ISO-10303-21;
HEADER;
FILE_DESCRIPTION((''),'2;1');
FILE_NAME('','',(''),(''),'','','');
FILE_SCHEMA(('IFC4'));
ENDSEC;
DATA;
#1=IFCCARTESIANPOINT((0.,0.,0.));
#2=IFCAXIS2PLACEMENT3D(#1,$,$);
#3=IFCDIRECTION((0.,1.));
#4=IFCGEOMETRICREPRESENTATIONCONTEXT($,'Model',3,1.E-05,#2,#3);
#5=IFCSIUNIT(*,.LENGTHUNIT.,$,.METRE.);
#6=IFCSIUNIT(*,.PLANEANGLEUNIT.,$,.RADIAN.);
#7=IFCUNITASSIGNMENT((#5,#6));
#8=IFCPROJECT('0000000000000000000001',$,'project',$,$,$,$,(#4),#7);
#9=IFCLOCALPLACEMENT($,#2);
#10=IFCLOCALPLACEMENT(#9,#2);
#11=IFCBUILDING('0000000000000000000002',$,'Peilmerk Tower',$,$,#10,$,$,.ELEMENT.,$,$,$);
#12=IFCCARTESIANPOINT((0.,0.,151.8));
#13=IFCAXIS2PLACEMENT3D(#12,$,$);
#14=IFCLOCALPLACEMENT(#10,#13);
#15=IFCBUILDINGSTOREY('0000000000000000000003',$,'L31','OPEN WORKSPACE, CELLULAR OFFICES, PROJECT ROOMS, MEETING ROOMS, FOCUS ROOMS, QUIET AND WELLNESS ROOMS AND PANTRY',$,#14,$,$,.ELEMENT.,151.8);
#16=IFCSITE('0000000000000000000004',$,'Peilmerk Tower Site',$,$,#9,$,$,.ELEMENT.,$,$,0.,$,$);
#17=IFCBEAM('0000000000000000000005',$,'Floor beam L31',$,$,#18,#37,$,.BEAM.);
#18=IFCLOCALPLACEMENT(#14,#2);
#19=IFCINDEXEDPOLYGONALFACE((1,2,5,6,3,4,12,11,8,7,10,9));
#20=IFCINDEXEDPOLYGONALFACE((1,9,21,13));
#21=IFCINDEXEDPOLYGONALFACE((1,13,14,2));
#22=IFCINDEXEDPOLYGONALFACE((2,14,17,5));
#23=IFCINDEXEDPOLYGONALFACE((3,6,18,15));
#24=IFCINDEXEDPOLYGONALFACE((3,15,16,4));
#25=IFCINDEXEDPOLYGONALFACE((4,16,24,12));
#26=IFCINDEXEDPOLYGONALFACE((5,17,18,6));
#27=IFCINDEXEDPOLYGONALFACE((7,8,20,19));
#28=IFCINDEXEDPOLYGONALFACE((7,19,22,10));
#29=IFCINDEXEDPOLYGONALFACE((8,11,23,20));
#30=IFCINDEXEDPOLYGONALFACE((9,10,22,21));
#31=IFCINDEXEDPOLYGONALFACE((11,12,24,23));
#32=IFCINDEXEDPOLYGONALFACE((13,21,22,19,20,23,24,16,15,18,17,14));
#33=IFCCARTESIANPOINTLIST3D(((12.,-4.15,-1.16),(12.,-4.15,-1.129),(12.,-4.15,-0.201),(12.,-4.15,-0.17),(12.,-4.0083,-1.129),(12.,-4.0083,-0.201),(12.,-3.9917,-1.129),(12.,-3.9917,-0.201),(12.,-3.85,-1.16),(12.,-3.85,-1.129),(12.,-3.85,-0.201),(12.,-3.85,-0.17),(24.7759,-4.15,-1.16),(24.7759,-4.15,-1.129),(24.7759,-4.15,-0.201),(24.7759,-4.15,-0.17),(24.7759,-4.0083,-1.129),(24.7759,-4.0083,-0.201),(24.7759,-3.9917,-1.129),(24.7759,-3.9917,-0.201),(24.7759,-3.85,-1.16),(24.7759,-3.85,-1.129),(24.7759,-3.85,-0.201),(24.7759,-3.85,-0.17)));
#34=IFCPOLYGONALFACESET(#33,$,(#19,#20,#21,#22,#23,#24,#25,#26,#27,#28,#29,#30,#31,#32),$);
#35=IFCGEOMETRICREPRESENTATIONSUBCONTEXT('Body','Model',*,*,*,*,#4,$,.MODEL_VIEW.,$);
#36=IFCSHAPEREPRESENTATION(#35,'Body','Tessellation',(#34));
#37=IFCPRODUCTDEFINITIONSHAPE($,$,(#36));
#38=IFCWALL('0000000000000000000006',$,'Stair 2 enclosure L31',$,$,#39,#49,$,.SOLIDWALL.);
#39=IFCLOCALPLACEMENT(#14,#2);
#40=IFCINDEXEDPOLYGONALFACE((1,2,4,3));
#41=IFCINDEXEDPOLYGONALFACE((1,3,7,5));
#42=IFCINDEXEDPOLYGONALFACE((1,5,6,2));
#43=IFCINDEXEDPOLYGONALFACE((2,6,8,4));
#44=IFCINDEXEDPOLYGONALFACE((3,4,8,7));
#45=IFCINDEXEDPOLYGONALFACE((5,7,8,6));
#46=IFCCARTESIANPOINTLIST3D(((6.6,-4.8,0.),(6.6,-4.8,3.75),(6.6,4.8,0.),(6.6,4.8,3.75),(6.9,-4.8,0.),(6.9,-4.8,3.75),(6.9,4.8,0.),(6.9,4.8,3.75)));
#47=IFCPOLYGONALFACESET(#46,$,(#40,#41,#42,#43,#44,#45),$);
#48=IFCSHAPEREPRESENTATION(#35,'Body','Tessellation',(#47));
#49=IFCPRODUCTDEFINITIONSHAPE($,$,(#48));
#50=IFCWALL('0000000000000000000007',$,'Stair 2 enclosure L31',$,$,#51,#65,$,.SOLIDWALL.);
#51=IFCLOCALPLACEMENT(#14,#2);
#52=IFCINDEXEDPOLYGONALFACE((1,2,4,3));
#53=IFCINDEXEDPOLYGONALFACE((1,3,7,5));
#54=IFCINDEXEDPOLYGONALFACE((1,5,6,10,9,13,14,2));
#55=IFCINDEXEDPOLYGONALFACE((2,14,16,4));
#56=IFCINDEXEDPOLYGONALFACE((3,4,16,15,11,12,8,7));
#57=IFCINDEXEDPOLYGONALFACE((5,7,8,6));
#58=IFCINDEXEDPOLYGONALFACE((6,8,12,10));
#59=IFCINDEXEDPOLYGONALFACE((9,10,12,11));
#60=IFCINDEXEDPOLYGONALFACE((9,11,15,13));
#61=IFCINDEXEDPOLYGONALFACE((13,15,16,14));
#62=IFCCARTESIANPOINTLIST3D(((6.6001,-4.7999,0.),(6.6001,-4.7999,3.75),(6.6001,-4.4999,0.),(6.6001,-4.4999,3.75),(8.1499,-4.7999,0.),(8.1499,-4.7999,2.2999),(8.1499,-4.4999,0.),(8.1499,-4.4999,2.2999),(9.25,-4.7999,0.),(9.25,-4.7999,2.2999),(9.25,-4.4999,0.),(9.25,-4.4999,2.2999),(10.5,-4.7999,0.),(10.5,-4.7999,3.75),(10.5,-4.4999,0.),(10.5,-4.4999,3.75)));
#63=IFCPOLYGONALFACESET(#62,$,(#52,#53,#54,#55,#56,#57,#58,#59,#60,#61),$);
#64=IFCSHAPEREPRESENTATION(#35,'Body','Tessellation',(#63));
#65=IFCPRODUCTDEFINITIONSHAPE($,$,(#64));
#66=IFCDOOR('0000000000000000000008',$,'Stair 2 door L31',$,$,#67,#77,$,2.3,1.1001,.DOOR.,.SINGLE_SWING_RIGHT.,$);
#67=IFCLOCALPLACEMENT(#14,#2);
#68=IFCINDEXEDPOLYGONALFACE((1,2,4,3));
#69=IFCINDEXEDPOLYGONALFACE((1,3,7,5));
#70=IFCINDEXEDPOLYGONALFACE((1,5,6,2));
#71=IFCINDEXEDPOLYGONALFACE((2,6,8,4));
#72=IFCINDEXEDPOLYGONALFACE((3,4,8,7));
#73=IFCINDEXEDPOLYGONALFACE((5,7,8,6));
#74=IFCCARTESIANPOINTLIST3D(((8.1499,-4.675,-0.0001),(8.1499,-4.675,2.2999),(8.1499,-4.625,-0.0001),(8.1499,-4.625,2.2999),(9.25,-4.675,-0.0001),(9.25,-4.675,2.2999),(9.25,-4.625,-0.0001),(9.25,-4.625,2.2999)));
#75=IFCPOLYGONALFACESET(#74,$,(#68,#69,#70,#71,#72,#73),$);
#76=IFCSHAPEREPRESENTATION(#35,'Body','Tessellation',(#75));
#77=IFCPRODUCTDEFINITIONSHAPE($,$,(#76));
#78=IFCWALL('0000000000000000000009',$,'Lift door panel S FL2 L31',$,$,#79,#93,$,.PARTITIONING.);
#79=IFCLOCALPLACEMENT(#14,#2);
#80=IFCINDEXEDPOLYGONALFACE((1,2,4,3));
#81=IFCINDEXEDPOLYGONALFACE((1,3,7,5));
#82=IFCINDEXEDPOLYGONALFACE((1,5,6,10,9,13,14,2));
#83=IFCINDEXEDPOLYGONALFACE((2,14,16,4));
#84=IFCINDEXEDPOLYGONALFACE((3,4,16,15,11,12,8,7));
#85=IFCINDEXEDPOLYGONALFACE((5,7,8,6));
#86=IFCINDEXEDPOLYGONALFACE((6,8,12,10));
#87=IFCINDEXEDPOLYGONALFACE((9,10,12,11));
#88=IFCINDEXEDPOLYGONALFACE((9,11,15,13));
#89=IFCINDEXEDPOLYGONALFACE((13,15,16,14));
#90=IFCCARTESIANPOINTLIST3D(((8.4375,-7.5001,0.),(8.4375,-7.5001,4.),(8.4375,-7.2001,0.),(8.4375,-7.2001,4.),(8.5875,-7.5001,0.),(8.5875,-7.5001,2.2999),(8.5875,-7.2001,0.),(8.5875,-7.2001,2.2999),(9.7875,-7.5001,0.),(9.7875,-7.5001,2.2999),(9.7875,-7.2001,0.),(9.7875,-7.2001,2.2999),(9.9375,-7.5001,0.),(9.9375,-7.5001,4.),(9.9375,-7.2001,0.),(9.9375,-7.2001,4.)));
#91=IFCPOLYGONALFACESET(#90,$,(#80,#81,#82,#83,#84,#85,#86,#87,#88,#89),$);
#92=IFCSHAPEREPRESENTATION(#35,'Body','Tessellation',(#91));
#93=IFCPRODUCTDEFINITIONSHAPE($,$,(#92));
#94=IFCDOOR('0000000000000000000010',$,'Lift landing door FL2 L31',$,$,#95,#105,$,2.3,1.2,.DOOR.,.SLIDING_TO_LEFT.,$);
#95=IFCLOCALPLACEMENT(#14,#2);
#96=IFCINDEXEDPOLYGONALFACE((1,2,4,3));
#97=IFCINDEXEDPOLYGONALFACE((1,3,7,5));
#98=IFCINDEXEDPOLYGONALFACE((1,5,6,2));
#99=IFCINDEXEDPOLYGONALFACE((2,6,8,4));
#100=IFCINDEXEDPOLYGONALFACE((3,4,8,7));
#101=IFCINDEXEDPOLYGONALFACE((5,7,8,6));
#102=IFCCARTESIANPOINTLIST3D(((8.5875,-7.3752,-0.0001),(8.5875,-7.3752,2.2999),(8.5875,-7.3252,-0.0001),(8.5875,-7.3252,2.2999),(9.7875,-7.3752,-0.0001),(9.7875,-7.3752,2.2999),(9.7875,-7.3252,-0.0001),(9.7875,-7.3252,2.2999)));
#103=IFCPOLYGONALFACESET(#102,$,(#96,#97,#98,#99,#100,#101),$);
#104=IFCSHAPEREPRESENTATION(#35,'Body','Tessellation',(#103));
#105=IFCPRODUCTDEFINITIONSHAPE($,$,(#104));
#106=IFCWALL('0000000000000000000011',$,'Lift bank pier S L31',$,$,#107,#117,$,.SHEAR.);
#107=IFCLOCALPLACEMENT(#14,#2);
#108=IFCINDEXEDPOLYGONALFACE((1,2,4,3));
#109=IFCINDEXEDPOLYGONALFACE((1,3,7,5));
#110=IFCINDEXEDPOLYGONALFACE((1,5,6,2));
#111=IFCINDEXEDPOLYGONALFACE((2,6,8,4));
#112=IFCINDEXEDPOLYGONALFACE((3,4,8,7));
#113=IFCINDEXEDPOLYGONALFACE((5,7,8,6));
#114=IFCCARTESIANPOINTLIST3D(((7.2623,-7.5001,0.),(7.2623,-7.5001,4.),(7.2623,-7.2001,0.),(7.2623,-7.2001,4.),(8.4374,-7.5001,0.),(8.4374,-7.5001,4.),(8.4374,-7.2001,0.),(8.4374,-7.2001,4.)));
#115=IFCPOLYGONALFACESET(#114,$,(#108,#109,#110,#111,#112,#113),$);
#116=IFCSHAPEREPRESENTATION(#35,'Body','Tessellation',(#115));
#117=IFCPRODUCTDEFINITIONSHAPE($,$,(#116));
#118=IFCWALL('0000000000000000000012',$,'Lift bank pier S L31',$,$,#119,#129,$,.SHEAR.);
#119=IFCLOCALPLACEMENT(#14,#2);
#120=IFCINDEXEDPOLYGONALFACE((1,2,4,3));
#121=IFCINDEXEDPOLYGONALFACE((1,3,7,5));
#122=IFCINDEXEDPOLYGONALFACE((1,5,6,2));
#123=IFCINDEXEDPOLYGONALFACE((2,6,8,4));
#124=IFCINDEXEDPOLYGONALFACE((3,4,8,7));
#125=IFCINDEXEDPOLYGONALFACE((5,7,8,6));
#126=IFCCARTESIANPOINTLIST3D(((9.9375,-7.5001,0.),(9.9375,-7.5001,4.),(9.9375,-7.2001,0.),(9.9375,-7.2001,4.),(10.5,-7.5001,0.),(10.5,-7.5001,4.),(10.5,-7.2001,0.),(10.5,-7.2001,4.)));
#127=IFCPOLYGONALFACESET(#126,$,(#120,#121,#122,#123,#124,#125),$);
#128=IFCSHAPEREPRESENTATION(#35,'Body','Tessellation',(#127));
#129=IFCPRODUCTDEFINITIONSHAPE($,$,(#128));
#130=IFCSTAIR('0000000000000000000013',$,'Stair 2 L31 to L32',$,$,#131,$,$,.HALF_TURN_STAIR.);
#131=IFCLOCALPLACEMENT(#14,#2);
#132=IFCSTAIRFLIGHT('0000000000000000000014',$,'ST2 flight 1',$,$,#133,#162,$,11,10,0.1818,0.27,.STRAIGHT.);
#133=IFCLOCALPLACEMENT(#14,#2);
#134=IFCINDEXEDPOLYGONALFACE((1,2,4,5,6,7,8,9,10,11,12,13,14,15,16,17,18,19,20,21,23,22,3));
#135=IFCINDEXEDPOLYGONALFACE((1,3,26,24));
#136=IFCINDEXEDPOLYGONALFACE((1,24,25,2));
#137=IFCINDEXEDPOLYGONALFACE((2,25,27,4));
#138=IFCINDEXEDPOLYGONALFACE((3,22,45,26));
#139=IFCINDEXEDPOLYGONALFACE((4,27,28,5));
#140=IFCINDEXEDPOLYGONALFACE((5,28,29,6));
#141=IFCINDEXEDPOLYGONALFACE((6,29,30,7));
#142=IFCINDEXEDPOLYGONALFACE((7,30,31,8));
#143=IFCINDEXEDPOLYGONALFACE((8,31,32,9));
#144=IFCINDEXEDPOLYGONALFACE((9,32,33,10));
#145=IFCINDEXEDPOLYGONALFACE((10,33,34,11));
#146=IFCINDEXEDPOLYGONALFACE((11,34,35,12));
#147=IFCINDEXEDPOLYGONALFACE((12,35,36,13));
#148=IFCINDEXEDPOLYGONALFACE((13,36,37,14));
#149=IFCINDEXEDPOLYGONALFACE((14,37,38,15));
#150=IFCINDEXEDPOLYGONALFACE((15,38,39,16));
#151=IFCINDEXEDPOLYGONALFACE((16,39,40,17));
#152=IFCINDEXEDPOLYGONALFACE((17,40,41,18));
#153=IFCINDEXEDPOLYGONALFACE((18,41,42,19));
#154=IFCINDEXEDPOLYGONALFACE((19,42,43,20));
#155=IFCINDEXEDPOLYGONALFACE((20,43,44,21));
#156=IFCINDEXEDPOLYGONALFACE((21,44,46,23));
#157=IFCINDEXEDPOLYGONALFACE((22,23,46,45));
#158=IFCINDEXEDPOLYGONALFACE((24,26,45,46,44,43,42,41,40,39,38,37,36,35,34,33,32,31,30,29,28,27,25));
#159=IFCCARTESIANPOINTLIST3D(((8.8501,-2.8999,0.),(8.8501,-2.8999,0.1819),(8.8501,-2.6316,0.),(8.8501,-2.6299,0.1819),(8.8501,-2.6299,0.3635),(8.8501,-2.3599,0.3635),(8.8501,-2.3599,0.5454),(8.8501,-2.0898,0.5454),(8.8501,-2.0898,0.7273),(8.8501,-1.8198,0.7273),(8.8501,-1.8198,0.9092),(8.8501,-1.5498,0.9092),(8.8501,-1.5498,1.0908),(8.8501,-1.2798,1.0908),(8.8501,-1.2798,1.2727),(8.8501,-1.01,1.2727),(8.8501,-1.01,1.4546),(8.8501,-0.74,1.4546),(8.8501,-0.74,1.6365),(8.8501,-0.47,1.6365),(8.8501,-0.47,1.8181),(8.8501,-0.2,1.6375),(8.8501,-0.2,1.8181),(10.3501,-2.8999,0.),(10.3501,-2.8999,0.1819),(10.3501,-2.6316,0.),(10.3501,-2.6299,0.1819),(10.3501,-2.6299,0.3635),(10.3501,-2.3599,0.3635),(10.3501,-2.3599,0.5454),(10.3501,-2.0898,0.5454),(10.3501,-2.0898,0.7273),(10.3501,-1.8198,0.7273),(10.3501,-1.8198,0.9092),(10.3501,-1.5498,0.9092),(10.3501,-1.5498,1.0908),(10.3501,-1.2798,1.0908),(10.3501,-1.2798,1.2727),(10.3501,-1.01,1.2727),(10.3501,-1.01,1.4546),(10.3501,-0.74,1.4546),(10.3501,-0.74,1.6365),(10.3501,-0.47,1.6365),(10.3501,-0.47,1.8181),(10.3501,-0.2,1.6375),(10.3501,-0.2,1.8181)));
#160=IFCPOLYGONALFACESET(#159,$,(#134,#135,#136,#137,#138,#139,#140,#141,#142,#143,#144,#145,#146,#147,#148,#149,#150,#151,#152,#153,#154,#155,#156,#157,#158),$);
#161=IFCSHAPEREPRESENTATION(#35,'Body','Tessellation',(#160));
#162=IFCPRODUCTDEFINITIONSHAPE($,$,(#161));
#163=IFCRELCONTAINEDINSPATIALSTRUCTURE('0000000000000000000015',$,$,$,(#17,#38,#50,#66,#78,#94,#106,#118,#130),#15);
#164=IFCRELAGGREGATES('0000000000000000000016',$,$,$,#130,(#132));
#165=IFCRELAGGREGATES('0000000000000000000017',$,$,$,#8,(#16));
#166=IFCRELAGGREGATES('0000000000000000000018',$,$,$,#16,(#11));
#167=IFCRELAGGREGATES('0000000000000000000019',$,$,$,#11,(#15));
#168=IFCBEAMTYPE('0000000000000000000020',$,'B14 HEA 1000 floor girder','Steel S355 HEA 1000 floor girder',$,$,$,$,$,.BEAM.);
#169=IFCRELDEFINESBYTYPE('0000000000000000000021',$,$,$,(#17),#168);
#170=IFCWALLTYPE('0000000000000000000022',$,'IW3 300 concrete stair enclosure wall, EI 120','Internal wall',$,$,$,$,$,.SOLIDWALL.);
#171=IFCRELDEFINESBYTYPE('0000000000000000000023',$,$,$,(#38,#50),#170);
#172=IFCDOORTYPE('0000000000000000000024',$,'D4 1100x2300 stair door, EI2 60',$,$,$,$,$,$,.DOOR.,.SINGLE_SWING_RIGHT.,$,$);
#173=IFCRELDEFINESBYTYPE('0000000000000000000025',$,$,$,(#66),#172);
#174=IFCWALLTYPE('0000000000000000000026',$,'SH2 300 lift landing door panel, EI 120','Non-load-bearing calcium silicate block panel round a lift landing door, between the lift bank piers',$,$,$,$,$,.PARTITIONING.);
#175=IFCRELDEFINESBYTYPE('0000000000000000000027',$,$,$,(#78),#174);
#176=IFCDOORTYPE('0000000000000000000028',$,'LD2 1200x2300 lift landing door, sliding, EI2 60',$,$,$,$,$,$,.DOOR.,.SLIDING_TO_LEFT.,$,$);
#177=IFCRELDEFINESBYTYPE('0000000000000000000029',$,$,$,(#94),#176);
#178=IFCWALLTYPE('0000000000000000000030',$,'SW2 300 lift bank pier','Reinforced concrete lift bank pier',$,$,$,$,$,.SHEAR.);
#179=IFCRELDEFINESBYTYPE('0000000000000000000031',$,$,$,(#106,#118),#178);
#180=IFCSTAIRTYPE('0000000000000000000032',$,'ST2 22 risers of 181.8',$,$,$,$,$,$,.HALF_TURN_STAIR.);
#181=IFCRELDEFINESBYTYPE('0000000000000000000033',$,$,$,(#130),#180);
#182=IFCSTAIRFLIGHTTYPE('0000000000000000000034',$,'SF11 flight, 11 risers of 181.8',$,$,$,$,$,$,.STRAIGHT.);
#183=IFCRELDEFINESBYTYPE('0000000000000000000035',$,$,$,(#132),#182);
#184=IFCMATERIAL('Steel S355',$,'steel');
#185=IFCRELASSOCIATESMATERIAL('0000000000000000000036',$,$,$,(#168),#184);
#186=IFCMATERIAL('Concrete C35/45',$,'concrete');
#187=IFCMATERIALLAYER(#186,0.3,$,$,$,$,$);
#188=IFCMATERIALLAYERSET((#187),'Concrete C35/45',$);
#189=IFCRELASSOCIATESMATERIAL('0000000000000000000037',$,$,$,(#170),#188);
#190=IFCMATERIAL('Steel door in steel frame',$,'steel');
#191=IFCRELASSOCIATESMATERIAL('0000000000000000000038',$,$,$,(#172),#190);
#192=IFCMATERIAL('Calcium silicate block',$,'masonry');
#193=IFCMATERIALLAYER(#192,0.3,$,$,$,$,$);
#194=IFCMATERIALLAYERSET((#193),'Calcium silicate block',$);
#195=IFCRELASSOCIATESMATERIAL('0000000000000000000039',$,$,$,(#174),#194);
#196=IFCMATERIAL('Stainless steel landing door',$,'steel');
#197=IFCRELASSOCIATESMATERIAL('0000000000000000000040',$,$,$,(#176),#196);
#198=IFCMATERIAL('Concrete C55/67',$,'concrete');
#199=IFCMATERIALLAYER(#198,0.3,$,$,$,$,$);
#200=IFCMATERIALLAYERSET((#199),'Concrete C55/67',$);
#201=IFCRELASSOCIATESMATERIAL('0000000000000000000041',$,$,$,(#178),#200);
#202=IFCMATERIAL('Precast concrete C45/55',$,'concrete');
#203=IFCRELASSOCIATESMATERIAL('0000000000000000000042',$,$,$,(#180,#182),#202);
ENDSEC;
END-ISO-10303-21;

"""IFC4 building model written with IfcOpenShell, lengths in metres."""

from ifc_helpers import new_model, si_unit, direction, frame, frame_2d, origin, origin_2d, place, context, subcontext, project, spatial, polyline, rectangle, i_section, outline, extrude, material, layer, layer_set, material_profile, profile_set, type_object, element, fill, aggregate, save


model = new_model("IFC4")

# Units and contexts
model_context = context("Model", 3, precision=1e-05, world=origin(), true_north=direction((0.0, 1.0)))
body_context = subcontext(model_context, "Body", "Model", "MODEL_VIEW")
ifc_project = project(units=[si_unit("LENGTHUNIT", "METRE"), si_unit("PLANEANGLEUNIT", "RADIAN")], contexts=[model_context])

# Site, building, storey
site_placement = place(None, origin())
site = spatial("IfcSite", under=ifc_project, at=site_placement, Name="Peilmerk Tower Site", CompositionType="ELEMENT", RefElevation=0.0)
building_placement = place(site_placement, origin())
building = spatial("IfcBuilding", under=site, at=building_placement, Name="Peilmerk Tower", CompositionType="ELEMENT")
storey_placement = place(building_placement, frame((0.0, 0.0, 151.8)))
storey = spatial("IfcBuildingStorey", under=building, at=storey_placement, Name="L31", Description="OPEN WORKSPACE, CELLULAR OFFICES, PROJECT ROOMS, MEETING ROOMS, FOCUS ROOMS, QUIET AND WELLNESS ROOMS AND PANTRY", CompositionType="ELEMENT", Elevation=151.8)

# Beam
ifc_material_1 = material(Name="Steel S355", Category="steel")
ifc_material_profile = material_profile(ifc_material_1, i_section(OverallWidth=0.3, OverallDepth=0.99, WebThickness=0.0166, FlangeThickness=0.031, at=origin_2d()), Name="HEA 1000")
ifc_profile_set = profile_set([ifc_material_profile], Name="Steel S355")
beam_type = type_object("IfcBeamType", Name="B14 HEA 1000 floor girder", Description="Steel S355 HEA 1000 floor girder", PredefinedType="BEAM", material=ifc_profile_set)
beam_placement = place(storey_placement, frame((12.0, -4.0, -0.665), z_axis=(1.0, 0.0, 0.0), x_axis=(0.0, 1.0, 0.0)))
element("IfcBeam", 1, at=beam_placement, inside=storey, type_object=beam_type, Name="Floor beam L31", PredefinedType="BEAM", context=body_context, shape_type="SweptSolid", body=[
    extrude(i_section(OverallWidth=0.3, OverallDepth=0.99, WebThickness=0.0166, FlangeThickness=0.031, at=origin_2d()), origin(), (0.0, 0.0, 1.0), 12.7759),
])

# Wall
ifc_material_2 = material(Name="Concrete C35/45", Category="concrete")
ifc_layer_1 = layer(ifc_material_2, 0.3)
ifc_layer_set_1 = layer_set([ifc_layer_1], Name="Concrete C35/45")
wall_type_1 = type_object("IfcWallType", Name="IW3 300 concrete stair enclosure wall, EI 120", Description="Internal wall", PredefinedType="SOLIDWALL", material=ifc_layer_set_1)
wall_1_placement = place(storey_placement, frame((6.75, -4.8, 0.0), z_axis=(0.0, 0.0, 1.0), x_axis=(0.0, 1.0, 0.0)))
element("IfcWall", 2, at=wall_1_placement, inside=storey, type_object=wall_type_1, Name="Stair 2 enclosure L31", PredefinedType="SOLIDWALL", context=body_context, shape_type="SweptSolid", body=[
    extrude(rectangle(XDim=9.6001, YDim=0.3, at=frame_2d((4.8, 0.0))), origin(), (0.0, 0.0, 1.0), 3.75),
])

# Walls, openings, doors
wall_2_placement = place(storey_placement, frame((10.5, -4.6499, 0.0), z_axis=(0.0, 0.0, 1.0), x_axis=(-1.0, 0.0, 0.0)))
wall_2 = element("IfcWall", 3, at=wall_2_placement, inside=storey, type_object=wall_type_1, Name="Stair 2 enclosure L31", PredefinedType="SOLIDWALL", context=body_context, shape_type="SweptSolid", body=[
    extrude(rectangle(XDim=3.8999, YDim=0.3, at=frame_2d((1.95, 0.0))), origin(), (0.0, 0.0, 1.0), 3.75),
])
opening_1_placement = place(wall_2_placement, frame((1.25, 0.0, 0.0)))
opening_1 = element("IfcOpeningElement", 4, at=opening_1_placement, cuts=wall_2, PredefinedType="OPENING", context=body_context, shape_type="SweptSolid", body=[
    extrude(rectangle(XDim=1.1001, YDim=2.3, at=frame_2d((0.55, 1.1499))), frame((0.0, 0.1599, 0.0), z_axis=(0.0, -1.0, 0.0), x_axis=(1.0, 0.0, 0.0)), (0.0, 0.0, 1.0), 0.3201),
])
ifc_material_3 = material(Name="Steel door in steel frame", Category="steel")
door_type_1 = type_object("IfcDoorType", Name="D4 1100x2300 stair door, EI2 60", OperationType="SINGLE_SWING_RIGHT", PredefinedType="DOOR", material=ifc_material_3)
door_1_placement = place(opening_1_placement, frame((1.1001, 0.0, 0.0), z_axis=(0.0, 0.0, 1.0), x_axis=(-1.0, 0.0, 0.0)))
door_1 = element("IfcDoor", 5, at=door_1_placement, inside=storey, type_object=door_type_1, Name="Stair 2 door L31", OperationType="SINGLE_SWING_RIGHT", OverallHeight=2.3, OverallWidth=1.1001, PredefinedType="DOOR", context=body_context, shape_type="SweptSolid", body=[
    extrude(rectangle(XDim=1.1001, YDim=2.3, at=frame_2d((0.55, 1.1499))), frame((0.0, 0.0249, 0.0), z_axis=(0.0, -1.0, 0.0), x_axis=(1.0, 0.0, 0.0)), (0.0, 0.0, 1.0), 0.05),
])
fill(opening_1, door_1)
ifc_material_4 = material(Name="Calcium silicate block", Category="masonry")
ifc_layer_2 = layer(ifc_material_4, 0.3)
ifc_layer_set_2 = layer_set([ifc_layer_2], Name="Calcium silicate block")
wall_type_2 = type_object("IfcWallType", Name="SH2 300 lift landing door panel, EI 120", Description="Non-load-bearing calcium silicate block panel round a lift landing door, between the lift bank piers", PredefinedType="PARTITIONING", material=ifc_layer_set_2)
wall_3_placement = place(storey_placement, frame((8.4375, -7.3501, 0.0), z_axis=(0.0, 0.0, 1.0), x_axis=(1.0, 0.0, 0.0)))
wall_3 = element("IfcWall", 6, at=wall_3_placement, inside=storey, type_object=wall_type_2, Name="Lift door panel S FL2 L31", PredefinedType="PARTITIONING", context=body_context, shape_type="SweptSolid", body=[
    extrude(rectangle(XDim=1.5, YDim=0.3, at=frame_2d((0.75, 0.0))), origin(), (0.0, 0.0, 1.0), 4.0),
])
opening_2_placement = place(wall_3_placement, frame((0.1499, 0.0, 0.0)))
opening_2 = element("IfcOpeningElement", 7, at=opening_2_placement, cuts=wall_3, PredefinedType="OPENING", context=body_context, shape_type="SweptSolid", body=[
    extrude(rectangle(XDim=1.2, YDim=2.3, at=frame_2d((0.6001, 1.1499))), frame((0.0, 0.1599, 0.0), z_axis=(0.0, -1.0, 0.0), x_axis=(1.0, 0.0, 0.0)), (0.0, 0.0, 1.0), 0.3201),
])
ifc_material_5 = material(Name="Stainless steel landing door", Category="steel")
door_type_2 = type_object("IfcDoorType", Name="LD2 1200x2300 lift landing door, sliding, EI2 60", OperationType="SLIDING_TO_LEFT", PredefinedType="DOOR", material=ifc_material_5)
door_2_placement = place(opening_2_placement, origin())
door_2 = element("IfcDoor", 8, at=door_2_placement, inside=storey, type_object=door_type_2, Name="Lift landing door FL2 L31", OperationType="SLIDING_TO_LEFT", OverallHeight=2.3, OverallWidth=1.2, PredefinedType="DOOR", context=body_context, shape_type="SweptSolid", body=[
    extrude(rectangle(XDim=1.2, YDim=2.3, at=frame_2d((0.6001, 1.1499))), frame((0.0, 0.0249, 0.0), z_axis=(0.0, -1.0, 0.0), x_axis=(1.0, 0.0, 0.0)), (0.0, 0.0, 1.0), 0.05),
])
fill(opening_2, door_2)

# Walls
ifc_material_6 = material(Name="Concrete C55/67", Category="concrete")
ifc_layer_3 = layer(ifc_material_6, 0.3)
ifc_layer_set_3 = layer_set([ifc_layer_3], Name="Concrete C55/67")
wall_type_3 = type_object("IfcWallType", Name="SW2 300 lift bank pier", Description="Reinforced concrete lift bank pier", PredefinedType="SHEAR", material=ifc_layer_set_3)
wall_4_placement = place(storey_placement, frame((7.2625, -7.3501, 0.0), z_axis=(0.0, 0.0, 1.0), x_axis=(1.0, 0.0, 0.0)))
element("IfcWall", 9, at=wall_4_placement, inside=storey, type_object=wall_type_3, Name="Lift bank pier S L31", PredefinedType="SHEAR", context=body_context, shape_type="SweptSolid", body=[
    extrude(rectangle(XDim=1.175, YDim=0.3, at=frame_2d((0.5874, 0.0))), origin(), (0.0, 0.0, 1.0), 4.0),
])
wall_5_placement = place(storey_placement, frame((9.9375, -7.3501, 0.0), z_axis=(0.0, 0.0, 1.0), x_axis=(1.0, 0.0, 0.0)))
element("IfcWall", 10, at=wall_5_placement, inside=storey, type_object=wall_type_3, Name="Lift bank pier S L31", PredefinedType="SHEAR", context=body_context, shape_type="SweptSolid", body=[
    extrude(rectangle(XDim=0.5625, YDim=0.3, at=frame_2d((0.2812, 0.0))), origin(), (0.0, 0.0, 1.0), 4.0),
])

# Stair, stair flight
ifc_material_7 = material(Name="Precast concrete C45/55", Category="concrete")
stair_type = type_object("IfcStairType", Name="ST2 22 risers of 181.8", PredefinedType="HALF_TURN_STAIR", material=ifc_material_7)
stair_placement = place(storey_placement, origin())
stair = element("IfcStair", 11, at=stair_placement, inside=storey, type_object=stair_type, Name="Stair 2 L31 to L32", PredefinedType="HALF_TURN_STAIR")
stair_flight_type = type_object("IfcStairFlightType", Name="SF11 flight, 11 risers of 181.8", PredefinedType="STRAIGHT", material=ifc_material_7)
stair_flight_1_placement = place(storey_placement, frame((9.6001, -2.8999, 0.0), z_axis=(0.0, 0.0, 1.0), x_axis=(0.0, 1.0, 0.0)))
stair_flight_1 = element("IfcStairFlight", 12, at=stair_flight_1_placement, type_object=stair_flight_type, Name="ST2 flight 1", NumberOfRisers=11, NumberOfTreads=10, PredefinedType="STRAIGHT", RiserHeight=0.1818, TreadLength=0.27, context=body_context, shape_type="SweptSolid", body=[
    extrude(outline(polyline([(0.0, 0.0), (0.0, 0.1819), (0.27, 0.1819), (0.27, 0.3635), (0.54, 0.3635), (0.54, 0.5454), (0.8101, 0.5454), (0.8101, 0.7273), (1.0801, 0.7273), (1.0801, 0.9092), (1.3501, 0.9092), (1.3501, 1.0908), (1.6201, 1.0908), (1.6201, 1.2727), (1.8899, 1.2727), (1.8899, 1.4546), (2.1599, 1.4546), (2.1599, 1.6365), (2.4299, 1.6365), (2.4299, 1.8181), (2.7, 1.8181), (2.7, 2.0), (2.7, 1.6375), (0.2683, 0.0), (0.0, 0.0)])), frame((0.0, 0.75, 0.0), z_axis=(0.0, -1.0, 0.0), x_axis=(1.0, 0.0, 0.0)), (0.0, 0.0, 1.0), 1.5),
])
aggregate(stair, [stair_flight_1])

save(model, "model.ifc")
